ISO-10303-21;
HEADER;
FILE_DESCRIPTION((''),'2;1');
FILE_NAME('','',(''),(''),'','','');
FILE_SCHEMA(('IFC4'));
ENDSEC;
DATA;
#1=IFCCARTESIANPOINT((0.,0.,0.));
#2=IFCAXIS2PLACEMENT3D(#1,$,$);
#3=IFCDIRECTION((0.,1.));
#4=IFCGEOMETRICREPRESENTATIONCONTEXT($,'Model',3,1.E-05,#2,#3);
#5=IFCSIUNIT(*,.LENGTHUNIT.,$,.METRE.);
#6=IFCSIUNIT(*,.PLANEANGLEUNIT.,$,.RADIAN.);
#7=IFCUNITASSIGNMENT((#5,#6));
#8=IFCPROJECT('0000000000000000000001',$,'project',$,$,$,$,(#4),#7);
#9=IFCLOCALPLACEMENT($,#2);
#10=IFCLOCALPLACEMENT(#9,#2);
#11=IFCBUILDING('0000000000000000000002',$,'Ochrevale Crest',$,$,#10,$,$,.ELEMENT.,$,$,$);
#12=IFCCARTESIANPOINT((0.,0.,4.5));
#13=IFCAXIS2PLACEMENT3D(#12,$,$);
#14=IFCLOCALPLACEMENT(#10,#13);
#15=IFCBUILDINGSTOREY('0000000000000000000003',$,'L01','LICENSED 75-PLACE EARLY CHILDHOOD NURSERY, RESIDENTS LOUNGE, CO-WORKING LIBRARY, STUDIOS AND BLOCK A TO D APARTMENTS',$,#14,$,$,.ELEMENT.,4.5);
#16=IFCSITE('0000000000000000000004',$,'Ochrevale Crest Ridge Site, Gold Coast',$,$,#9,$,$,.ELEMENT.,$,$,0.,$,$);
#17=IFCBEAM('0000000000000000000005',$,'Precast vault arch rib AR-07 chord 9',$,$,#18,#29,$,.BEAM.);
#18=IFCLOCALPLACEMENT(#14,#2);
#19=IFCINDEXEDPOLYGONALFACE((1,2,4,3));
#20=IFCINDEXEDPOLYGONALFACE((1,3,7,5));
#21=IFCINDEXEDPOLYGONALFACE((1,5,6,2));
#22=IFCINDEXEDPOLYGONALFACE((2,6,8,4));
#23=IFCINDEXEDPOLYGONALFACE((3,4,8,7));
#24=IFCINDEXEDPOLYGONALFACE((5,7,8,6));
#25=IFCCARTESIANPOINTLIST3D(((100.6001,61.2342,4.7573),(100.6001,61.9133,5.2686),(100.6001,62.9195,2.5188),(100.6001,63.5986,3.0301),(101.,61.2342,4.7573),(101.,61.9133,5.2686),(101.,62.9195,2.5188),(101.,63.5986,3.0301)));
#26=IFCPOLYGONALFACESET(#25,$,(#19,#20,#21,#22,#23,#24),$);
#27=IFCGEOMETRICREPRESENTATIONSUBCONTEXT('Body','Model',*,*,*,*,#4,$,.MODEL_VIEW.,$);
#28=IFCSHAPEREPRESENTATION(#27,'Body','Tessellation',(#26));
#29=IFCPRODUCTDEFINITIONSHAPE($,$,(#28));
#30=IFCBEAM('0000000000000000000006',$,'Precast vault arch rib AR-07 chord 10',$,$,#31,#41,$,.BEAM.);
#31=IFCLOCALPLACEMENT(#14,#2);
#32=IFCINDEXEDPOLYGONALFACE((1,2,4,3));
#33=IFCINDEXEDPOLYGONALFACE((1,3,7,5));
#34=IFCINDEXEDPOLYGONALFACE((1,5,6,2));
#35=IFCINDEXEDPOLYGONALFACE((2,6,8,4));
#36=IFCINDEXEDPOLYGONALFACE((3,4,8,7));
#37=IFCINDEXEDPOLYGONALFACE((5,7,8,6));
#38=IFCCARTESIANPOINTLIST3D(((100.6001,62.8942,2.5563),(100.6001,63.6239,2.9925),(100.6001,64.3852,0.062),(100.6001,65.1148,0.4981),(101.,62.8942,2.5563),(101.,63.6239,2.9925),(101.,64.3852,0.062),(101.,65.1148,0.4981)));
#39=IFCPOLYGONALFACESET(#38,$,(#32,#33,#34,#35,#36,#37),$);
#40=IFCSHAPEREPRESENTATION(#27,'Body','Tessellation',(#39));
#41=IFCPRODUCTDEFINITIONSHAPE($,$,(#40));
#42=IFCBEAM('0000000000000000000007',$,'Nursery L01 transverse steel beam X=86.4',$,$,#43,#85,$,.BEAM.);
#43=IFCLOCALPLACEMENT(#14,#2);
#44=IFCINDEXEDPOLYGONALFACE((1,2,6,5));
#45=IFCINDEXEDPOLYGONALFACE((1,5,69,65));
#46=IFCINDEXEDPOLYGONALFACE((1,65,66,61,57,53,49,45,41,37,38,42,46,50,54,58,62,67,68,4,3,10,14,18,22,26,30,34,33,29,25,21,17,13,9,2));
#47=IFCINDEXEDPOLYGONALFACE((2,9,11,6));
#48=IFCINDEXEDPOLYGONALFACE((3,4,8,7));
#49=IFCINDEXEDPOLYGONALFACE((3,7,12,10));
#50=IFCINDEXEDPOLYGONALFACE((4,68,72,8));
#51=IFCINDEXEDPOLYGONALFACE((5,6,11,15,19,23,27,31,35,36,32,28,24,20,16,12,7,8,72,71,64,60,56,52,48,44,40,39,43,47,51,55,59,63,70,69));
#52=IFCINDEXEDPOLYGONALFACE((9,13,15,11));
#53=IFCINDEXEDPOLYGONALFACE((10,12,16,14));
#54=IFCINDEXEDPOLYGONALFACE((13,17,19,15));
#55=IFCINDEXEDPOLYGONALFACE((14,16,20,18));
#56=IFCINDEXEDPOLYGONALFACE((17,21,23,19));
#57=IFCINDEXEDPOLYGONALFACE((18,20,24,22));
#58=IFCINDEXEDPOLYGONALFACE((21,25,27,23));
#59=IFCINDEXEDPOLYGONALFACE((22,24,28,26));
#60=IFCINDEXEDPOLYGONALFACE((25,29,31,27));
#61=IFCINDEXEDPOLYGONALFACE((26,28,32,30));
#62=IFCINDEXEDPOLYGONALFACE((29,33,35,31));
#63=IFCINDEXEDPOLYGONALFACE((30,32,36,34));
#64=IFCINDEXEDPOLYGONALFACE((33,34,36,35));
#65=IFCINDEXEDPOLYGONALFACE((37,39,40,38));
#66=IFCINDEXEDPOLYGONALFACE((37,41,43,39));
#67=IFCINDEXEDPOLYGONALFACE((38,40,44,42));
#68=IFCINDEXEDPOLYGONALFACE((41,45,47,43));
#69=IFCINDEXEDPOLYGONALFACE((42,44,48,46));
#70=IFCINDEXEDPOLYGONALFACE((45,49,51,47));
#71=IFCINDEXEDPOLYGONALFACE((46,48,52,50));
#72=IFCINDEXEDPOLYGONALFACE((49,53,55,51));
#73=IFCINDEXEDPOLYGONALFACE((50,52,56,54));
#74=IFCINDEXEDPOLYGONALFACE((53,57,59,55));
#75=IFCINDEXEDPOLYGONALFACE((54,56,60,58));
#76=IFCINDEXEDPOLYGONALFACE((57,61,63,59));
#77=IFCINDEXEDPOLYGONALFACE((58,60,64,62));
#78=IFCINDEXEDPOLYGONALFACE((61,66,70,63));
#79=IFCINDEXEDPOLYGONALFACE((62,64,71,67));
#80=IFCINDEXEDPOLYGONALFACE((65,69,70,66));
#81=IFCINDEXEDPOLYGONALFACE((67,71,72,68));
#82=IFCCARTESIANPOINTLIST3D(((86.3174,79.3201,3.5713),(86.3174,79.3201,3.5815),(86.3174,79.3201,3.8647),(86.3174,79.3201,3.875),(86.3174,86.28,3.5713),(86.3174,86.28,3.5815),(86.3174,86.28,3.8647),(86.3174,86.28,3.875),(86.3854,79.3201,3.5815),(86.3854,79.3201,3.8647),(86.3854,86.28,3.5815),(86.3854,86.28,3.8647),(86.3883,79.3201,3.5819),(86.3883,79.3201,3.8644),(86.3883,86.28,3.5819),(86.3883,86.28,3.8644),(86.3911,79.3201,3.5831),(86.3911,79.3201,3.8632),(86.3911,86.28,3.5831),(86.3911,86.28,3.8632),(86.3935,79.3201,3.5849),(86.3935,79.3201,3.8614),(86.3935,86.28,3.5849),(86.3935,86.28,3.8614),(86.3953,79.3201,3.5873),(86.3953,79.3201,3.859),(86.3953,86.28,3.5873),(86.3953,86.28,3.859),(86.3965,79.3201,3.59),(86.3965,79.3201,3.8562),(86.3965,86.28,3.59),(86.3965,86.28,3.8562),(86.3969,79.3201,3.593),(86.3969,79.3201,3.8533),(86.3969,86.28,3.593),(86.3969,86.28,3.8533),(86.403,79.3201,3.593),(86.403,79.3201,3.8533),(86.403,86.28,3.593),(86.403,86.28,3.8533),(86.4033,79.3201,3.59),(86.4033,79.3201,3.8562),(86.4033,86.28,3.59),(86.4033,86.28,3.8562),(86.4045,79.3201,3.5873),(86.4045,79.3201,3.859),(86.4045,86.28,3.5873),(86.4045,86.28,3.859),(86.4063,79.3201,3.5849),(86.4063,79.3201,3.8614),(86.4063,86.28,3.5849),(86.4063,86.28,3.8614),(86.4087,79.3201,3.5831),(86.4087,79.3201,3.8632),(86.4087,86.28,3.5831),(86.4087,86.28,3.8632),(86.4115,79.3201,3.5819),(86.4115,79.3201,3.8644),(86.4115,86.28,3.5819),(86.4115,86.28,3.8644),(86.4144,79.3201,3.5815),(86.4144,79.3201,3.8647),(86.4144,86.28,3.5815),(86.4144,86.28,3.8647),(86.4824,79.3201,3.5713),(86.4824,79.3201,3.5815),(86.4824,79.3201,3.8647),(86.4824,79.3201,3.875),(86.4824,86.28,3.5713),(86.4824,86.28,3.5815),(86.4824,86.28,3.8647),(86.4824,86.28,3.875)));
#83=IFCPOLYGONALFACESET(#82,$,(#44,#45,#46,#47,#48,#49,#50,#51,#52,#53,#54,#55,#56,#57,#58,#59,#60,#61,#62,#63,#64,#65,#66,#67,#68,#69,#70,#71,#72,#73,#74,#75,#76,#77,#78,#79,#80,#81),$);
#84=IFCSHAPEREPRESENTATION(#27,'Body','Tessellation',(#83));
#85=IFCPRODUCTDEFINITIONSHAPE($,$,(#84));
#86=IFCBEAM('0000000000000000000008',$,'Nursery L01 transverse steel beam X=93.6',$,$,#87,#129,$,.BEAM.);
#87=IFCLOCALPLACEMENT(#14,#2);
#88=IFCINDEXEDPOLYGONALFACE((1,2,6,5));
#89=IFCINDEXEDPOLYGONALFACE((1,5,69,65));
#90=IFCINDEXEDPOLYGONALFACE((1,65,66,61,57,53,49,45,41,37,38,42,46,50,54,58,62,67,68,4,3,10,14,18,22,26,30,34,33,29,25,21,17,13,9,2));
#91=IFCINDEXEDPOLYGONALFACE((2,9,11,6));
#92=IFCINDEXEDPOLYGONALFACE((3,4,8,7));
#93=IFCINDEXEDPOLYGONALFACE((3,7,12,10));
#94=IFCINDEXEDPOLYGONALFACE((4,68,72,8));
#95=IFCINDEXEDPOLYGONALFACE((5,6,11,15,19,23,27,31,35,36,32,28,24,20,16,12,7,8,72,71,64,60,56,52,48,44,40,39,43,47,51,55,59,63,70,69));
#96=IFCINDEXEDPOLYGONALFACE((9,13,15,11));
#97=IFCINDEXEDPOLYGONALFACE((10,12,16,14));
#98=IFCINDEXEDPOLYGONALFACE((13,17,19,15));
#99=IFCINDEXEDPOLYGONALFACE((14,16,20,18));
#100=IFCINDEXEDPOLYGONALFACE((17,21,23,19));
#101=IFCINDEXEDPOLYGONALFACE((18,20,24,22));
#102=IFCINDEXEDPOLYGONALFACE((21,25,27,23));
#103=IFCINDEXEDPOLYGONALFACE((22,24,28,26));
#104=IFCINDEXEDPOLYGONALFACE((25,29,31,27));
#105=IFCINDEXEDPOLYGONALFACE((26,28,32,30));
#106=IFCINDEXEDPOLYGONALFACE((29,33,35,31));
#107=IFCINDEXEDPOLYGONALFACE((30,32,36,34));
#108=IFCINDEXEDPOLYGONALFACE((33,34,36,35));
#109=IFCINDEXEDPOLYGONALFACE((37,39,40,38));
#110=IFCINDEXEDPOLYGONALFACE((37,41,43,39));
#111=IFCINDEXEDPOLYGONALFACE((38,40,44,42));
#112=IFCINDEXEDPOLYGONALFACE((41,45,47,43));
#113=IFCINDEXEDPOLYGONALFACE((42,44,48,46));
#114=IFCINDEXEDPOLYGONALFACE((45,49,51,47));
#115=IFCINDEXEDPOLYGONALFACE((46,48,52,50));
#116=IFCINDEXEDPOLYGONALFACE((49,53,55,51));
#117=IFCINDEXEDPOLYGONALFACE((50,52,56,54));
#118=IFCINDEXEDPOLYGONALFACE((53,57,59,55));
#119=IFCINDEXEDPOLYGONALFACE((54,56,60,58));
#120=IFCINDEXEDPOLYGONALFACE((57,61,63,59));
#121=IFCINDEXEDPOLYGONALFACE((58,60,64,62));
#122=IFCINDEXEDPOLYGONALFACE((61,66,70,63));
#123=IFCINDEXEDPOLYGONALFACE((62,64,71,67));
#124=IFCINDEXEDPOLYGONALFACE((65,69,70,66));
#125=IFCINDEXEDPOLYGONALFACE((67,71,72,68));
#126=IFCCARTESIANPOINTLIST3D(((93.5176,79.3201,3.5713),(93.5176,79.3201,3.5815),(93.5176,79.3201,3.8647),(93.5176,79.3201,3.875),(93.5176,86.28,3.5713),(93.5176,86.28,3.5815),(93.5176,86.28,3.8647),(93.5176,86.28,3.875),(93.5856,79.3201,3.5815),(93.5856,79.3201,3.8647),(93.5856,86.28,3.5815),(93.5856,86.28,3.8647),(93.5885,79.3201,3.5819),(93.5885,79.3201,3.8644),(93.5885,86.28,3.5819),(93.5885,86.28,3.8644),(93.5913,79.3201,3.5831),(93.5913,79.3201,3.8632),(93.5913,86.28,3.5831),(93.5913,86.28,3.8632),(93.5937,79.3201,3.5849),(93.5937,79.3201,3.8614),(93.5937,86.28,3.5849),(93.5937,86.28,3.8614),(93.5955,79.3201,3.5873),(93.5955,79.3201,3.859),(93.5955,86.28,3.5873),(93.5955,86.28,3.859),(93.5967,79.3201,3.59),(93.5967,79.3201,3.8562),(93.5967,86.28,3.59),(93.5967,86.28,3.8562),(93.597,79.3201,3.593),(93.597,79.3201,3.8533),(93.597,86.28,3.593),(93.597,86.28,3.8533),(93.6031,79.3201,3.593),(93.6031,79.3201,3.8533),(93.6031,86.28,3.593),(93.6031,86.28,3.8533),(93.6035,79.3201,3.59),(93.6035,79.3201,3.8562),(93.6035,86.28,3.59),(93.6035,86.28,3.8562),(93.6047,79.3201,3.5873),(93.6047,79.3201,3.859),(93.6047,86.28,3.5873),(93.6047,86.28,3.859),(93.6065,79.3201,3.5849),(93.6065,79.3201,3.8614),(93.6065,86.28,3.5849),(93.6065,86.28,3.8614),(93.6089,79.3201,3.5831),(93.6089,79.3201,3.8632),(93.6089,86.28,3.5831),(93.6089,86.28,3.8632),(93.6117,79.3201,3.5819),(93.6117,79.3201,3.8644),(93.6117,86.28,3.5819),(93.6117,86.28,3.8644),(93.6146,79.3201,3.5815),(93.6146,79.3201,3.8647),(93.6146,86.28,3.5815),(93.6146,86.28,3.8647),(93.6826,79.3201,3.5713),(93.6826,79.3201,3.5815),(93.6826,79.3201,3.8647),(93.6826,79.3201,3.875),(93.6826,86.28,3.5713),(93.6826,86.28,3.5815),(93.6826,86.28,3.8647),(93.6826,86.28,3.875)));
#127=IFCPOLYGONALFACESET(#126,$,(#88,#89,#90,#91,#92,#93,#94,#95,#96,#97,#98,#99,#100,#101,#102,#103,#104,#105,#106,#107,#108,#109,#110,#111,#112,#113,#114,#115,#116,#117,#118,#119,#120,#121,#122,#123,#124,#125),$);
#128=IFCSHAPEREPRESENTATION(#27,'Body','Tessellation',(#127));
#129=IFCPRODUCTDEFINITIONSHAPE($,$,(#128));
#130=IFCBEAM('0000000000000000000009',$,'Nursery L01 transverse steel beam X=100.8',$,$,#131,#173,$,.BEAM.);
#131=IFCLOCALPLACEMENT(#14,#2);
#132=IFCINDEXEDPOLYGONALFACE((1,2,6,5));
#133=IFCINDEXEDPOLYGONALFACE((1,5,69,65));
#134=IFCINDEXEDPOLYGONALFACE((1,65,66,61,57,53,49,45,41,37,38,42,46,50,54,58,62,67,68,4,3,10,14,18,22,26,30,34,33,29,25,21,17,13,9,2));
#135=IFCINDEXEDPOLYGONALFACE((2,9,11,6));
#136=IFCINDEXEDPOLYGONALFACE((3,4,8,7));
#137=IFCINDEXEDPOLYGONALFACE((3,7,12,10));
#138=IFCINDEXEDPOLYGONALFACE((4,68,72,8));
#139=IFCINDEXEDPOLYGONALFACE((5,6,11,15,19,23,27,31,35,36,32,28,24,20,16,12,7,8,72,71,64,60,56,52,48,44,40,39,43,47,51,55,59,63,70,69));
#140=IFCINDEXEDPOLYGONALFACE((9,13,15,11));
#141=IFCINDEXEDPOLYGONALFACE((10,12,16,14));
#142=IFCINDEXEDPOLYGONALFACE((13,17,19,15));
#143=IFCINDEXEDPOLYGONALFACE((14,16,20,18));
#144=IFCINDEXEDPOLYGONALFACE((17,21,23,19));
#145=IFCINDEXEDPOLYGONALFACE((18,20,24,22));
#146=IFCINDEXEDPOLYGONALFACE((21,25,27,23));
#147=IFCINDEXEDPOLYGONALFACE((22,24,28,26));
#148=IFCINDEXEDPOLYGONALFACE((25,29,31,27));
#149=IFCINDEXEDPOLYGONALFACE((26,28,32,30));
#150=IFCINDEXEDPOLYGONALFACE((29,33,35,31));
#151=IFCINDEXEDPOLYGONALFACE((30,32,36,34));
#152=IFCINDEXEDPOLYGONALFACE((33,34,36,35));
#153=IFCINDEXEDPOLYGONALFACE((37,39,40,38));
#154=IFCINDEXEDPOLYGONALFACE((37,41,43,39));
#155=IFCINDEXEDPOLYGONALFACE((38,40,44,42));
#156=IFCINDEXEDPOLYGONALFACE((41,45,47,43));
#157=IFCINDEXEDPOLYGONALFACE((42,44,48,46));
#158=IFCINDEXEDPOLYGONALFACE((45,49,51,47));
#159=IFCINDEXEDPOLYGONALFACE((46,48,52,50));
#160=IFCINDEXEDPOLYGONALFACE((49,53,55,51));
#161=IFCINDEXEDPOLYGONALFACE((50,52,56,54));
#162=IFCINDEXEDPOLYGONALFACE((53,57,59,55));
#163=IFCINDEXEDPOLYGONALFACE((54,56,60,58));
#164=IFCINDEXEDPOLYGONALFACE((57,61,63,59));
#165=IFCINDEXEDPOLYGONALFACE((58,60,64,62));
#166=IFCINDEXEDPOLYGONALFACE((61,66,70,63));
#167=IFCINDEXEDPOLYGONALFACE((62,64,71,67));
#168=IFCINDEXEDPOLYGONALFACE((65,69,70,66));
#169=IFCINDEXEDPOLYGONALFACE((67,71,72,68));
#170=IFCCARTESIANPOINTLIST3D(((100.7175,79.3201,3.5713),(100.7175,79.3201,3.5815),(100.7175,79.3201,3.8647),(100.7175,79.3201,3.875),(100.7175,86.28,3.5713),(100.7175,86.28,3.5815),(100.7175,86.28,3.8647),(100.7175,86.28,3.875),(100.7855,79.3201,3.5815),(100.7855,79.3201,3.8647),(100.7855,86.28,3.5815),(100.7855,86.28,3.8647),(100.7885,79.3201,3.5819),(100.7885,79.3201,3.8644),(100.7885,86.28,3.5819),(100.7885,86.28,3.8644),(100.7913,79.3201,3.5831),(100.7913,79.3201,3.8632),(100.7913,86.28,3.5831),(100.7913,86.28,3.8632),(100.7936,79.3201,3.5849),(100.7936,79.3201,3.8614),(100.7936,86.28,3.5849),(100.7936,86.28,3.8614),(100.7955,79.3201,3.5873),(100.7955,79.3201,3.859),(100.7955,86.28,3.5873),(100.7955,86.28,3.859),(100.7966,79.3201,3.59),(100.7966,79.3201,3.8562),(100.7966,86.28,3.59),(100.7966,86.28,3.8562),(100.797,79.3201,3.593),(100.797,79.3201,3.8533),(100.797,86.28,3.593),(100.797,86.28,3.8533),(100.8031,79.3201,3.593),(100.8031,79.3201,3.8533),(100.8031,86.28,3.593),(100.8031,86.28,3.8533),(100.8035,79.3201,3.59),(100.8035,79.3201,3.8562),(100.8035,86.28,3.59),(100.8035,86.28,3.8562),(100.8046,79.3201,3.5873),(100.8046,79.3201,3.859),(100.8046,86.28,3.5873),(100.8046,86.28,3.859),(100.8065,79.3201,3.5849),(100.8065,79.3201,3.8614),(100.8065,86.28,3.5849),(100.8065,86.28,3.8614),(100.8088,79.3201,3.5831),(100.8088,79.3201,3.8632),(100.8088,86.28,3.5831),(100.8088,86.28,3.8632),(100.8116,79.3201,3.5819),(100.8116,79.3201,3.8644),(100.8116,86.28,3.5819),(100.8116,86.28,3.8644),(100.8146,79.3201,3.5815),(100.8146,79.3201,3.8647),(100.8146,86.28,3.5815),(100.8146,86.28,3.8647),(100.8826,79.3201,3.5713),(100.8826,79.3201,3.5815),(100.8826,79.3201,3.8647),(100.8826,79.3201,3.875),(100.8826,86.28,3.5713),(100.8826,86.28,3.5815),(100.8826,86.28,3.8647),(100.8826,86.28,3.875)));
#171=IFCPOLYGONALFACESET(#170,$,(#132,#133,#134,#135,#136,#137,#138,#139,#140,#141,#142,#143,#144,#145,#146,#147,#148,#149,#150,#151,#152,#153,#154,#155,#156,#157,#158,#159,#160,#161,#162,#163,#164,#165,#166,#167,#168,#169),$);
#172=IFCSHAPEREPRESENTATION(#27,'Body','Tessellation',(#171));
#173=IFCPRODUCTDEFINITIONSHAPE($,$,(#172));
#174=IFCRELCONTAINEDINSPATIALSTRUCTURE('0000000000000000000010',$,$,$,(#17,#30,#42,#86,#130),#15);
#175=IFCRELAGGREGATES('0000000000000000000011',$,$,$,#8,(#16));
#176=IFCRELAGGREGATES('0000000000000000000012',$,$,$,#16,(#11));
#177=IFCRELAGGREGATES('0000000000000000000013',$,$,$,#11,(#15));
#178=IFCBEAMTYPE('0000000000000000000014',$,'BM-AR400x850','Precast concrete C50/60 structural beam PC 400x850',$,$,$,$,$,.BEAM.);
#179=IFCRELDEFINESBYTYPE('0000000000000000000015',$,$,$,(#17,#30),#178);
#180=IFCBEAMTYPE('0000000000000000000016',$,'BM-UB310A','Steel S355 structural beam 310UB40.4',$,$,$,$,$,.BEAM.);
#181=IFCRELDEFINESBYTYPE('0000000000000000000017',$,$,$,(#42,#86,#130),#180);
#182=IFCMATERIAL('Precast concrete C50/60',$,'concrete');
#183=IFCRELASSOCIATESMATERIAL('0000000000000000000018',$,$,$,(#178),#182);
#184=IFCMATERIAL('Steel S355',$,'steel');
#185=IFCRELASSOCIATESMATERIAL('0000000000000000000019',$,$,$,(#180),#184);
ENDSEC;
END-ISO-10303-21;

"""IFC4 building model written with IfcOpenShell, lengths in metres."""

from ifc_helpers import new_model, si_unit, direction, frame, origin, origin_2d, place, context, subcontext, project, spatial, rectangle, i_section, extrude, material, material_profile, profile_set, type_object, element, save


model = new_model("IFC4")

# Units and contexts
model_context = context("Model", 3, precision=1e-05, world=origin(), true_north=direction((0.0, 1.0)))
body_context = subcontext(model_context, "Body", "Model", "MODEL_VIEW")
ifc_project = project(units=[si_unit("LENGTHUNIT", "METRE"), si_unit("PLANEANGLEUNIT", "RADIAN")], contexts=[model_context])

# Site, building, storey
site_placement = place(None, origin())
site = spatial("IfcSite", under=ifc_project, at=site_placement, Name="Ochrevale Crest Ridge Site, Gold Coast", CompositionType="ELEMENT", RefElevation=0.0)
building_placement = place(site_placement, origin())
building = spatial("IfcBuilding", under=site, at=building_placement, Name="Ochrevale Crest", CompositionType="ELEMENT")
storey_placement = place(building_placement, frame((0.0, 0.0, 4.5)))
storey = spatial("IfcBuildingStorey", under=building, at=storey_placement, Name="L01", Description="LICENSED 75-PLACE EARLY CHILDHOOD NURSERY, RESIDENTS LOUNGE, CO-WORKING LIBRARY, STUDIOS AND BLOCK A TO D APARTMENTS", CompositionType="ELEMENT", Elevation=4.5)

# Shared definitions
ifc_material_1 = material(Name="Steel S355", Category="steel")

# Beams
ifc_material_2 = material(Name="Precast concrete C50/60", Category="concrete")
ifc_material_profile_1 = material_profile(ifc_material_2, rectangle(XDim=0.3999, YDim=0.8501, at=origin_2d()), Name="PC 400x850")
ifc_profile_set_1 = profile_set([ifc_material_profile_1], Name="Precast concrete C50/60")
beam_type_1 = type_object("IfcBeamType", Name="BM-AR400x850", Description="Precast concrete C50/60 structural beam PC 400x850", PredefinedType="BEAM", material=ifc_profile_set_1)
beam_1_placement = place(storey_placement, frame((100.8, 61.5737, 5.0129), z_axis=(0.0, 0.601463, -0.798901), x_axis=(-1.0, 0.0, 0.0)))
element("IfcBeam", 1, at=beam_1_placement, inside=storey, type_object=beam_type_1, Name="Precast vault arch rib AR-07 chord 9", PredefinedType="BEAM", context=body_context, shape_type="SweptSolid", body=[
    extrude(rectangle(XDim=0.3999, YDim=0.8501, at=origin_2d()), origin(), (0.0, 0.0, 1.0), 2.802),
])
beam_2_placement = place(storey_placement, frame((100.8, 63.259, 2.7744), z_axis=(0.0, 0.513062, -0.858352), x_axis=(-1.0, 0.0, 0.0)))
element("IfcBeam", 2, at=beam_2_placement, inside=storey, type_object=beam_type_1, Name="Precast vault arch rib AR-07 chord 10", PredefinedType="BEAM", context=body_context, shape_type="SweptSolid", body=[
    extrude(rectangle(XDim=0.3999, YDim=0.8501, at=origin_2d()), origin(), (0.0, 0.0, 1.0), 2.906),
])
ifc_material_profile_2 = material_profile(ifc_material_1, i_section(OverallWidth=0.165, OverallDepth=0.3037, WebThickness=0.0061, FlangeThickness=0.0103, FilletRadius=0.0115, at=origin_2d()), Name="310UB40.4")
ifc_profile_set_2 = profile_set([ifc_material_profile_2], Name="Steel S355")
beam_type_2 = type_object("IfcBeamType", Name="BM-UB310A", Description="Steel S355 structural beam 310UB40.4", PredefinedType="BEAM", material=ifc_profile_set_2)
for number, where, z_axis, x_axis, name in (
    (3, (86.3999, 79.3201, 3.7231), (0.0, 1.0, 0.0), (-1.0, 0.0, 0.0), "Nursery L01 transverse steel beam X=86.4"),
    (4, (93.6001, 79.3201, 3.7231), (0.0, 1.0, 0.0), (-1.0, 0.0, 0.0), "Nursery L01 transverse steel beam X=93.6"),
    (5, (100.8, 79.3201, 3.7231), (0.0, 1.0, 0.0), (-1.0, 0.0, 0.0), "Nursery L01 transverse steel beam X=100.8"),
):
    element("IfcBeam", number, at=place(storey_placement, frame(where, z_axis=z_axis, x_axis=x_axis)), inside=storey, type_object=beam_type_2, Name=name, PredefinedType="BEAM", context=body_context, shape_type="SweptSolid", body=[
        extrude(i_section(OverallWidth=0.165, OverallDepth=0.3037, WebThickness=0.0061, FlangeThickness=0.0103, FilletRadius=0.0115, at=origin_2d()), origin(), (0.0, 0.0, 1.0), 6.96),
    ])

save(model, "model.ifc")
